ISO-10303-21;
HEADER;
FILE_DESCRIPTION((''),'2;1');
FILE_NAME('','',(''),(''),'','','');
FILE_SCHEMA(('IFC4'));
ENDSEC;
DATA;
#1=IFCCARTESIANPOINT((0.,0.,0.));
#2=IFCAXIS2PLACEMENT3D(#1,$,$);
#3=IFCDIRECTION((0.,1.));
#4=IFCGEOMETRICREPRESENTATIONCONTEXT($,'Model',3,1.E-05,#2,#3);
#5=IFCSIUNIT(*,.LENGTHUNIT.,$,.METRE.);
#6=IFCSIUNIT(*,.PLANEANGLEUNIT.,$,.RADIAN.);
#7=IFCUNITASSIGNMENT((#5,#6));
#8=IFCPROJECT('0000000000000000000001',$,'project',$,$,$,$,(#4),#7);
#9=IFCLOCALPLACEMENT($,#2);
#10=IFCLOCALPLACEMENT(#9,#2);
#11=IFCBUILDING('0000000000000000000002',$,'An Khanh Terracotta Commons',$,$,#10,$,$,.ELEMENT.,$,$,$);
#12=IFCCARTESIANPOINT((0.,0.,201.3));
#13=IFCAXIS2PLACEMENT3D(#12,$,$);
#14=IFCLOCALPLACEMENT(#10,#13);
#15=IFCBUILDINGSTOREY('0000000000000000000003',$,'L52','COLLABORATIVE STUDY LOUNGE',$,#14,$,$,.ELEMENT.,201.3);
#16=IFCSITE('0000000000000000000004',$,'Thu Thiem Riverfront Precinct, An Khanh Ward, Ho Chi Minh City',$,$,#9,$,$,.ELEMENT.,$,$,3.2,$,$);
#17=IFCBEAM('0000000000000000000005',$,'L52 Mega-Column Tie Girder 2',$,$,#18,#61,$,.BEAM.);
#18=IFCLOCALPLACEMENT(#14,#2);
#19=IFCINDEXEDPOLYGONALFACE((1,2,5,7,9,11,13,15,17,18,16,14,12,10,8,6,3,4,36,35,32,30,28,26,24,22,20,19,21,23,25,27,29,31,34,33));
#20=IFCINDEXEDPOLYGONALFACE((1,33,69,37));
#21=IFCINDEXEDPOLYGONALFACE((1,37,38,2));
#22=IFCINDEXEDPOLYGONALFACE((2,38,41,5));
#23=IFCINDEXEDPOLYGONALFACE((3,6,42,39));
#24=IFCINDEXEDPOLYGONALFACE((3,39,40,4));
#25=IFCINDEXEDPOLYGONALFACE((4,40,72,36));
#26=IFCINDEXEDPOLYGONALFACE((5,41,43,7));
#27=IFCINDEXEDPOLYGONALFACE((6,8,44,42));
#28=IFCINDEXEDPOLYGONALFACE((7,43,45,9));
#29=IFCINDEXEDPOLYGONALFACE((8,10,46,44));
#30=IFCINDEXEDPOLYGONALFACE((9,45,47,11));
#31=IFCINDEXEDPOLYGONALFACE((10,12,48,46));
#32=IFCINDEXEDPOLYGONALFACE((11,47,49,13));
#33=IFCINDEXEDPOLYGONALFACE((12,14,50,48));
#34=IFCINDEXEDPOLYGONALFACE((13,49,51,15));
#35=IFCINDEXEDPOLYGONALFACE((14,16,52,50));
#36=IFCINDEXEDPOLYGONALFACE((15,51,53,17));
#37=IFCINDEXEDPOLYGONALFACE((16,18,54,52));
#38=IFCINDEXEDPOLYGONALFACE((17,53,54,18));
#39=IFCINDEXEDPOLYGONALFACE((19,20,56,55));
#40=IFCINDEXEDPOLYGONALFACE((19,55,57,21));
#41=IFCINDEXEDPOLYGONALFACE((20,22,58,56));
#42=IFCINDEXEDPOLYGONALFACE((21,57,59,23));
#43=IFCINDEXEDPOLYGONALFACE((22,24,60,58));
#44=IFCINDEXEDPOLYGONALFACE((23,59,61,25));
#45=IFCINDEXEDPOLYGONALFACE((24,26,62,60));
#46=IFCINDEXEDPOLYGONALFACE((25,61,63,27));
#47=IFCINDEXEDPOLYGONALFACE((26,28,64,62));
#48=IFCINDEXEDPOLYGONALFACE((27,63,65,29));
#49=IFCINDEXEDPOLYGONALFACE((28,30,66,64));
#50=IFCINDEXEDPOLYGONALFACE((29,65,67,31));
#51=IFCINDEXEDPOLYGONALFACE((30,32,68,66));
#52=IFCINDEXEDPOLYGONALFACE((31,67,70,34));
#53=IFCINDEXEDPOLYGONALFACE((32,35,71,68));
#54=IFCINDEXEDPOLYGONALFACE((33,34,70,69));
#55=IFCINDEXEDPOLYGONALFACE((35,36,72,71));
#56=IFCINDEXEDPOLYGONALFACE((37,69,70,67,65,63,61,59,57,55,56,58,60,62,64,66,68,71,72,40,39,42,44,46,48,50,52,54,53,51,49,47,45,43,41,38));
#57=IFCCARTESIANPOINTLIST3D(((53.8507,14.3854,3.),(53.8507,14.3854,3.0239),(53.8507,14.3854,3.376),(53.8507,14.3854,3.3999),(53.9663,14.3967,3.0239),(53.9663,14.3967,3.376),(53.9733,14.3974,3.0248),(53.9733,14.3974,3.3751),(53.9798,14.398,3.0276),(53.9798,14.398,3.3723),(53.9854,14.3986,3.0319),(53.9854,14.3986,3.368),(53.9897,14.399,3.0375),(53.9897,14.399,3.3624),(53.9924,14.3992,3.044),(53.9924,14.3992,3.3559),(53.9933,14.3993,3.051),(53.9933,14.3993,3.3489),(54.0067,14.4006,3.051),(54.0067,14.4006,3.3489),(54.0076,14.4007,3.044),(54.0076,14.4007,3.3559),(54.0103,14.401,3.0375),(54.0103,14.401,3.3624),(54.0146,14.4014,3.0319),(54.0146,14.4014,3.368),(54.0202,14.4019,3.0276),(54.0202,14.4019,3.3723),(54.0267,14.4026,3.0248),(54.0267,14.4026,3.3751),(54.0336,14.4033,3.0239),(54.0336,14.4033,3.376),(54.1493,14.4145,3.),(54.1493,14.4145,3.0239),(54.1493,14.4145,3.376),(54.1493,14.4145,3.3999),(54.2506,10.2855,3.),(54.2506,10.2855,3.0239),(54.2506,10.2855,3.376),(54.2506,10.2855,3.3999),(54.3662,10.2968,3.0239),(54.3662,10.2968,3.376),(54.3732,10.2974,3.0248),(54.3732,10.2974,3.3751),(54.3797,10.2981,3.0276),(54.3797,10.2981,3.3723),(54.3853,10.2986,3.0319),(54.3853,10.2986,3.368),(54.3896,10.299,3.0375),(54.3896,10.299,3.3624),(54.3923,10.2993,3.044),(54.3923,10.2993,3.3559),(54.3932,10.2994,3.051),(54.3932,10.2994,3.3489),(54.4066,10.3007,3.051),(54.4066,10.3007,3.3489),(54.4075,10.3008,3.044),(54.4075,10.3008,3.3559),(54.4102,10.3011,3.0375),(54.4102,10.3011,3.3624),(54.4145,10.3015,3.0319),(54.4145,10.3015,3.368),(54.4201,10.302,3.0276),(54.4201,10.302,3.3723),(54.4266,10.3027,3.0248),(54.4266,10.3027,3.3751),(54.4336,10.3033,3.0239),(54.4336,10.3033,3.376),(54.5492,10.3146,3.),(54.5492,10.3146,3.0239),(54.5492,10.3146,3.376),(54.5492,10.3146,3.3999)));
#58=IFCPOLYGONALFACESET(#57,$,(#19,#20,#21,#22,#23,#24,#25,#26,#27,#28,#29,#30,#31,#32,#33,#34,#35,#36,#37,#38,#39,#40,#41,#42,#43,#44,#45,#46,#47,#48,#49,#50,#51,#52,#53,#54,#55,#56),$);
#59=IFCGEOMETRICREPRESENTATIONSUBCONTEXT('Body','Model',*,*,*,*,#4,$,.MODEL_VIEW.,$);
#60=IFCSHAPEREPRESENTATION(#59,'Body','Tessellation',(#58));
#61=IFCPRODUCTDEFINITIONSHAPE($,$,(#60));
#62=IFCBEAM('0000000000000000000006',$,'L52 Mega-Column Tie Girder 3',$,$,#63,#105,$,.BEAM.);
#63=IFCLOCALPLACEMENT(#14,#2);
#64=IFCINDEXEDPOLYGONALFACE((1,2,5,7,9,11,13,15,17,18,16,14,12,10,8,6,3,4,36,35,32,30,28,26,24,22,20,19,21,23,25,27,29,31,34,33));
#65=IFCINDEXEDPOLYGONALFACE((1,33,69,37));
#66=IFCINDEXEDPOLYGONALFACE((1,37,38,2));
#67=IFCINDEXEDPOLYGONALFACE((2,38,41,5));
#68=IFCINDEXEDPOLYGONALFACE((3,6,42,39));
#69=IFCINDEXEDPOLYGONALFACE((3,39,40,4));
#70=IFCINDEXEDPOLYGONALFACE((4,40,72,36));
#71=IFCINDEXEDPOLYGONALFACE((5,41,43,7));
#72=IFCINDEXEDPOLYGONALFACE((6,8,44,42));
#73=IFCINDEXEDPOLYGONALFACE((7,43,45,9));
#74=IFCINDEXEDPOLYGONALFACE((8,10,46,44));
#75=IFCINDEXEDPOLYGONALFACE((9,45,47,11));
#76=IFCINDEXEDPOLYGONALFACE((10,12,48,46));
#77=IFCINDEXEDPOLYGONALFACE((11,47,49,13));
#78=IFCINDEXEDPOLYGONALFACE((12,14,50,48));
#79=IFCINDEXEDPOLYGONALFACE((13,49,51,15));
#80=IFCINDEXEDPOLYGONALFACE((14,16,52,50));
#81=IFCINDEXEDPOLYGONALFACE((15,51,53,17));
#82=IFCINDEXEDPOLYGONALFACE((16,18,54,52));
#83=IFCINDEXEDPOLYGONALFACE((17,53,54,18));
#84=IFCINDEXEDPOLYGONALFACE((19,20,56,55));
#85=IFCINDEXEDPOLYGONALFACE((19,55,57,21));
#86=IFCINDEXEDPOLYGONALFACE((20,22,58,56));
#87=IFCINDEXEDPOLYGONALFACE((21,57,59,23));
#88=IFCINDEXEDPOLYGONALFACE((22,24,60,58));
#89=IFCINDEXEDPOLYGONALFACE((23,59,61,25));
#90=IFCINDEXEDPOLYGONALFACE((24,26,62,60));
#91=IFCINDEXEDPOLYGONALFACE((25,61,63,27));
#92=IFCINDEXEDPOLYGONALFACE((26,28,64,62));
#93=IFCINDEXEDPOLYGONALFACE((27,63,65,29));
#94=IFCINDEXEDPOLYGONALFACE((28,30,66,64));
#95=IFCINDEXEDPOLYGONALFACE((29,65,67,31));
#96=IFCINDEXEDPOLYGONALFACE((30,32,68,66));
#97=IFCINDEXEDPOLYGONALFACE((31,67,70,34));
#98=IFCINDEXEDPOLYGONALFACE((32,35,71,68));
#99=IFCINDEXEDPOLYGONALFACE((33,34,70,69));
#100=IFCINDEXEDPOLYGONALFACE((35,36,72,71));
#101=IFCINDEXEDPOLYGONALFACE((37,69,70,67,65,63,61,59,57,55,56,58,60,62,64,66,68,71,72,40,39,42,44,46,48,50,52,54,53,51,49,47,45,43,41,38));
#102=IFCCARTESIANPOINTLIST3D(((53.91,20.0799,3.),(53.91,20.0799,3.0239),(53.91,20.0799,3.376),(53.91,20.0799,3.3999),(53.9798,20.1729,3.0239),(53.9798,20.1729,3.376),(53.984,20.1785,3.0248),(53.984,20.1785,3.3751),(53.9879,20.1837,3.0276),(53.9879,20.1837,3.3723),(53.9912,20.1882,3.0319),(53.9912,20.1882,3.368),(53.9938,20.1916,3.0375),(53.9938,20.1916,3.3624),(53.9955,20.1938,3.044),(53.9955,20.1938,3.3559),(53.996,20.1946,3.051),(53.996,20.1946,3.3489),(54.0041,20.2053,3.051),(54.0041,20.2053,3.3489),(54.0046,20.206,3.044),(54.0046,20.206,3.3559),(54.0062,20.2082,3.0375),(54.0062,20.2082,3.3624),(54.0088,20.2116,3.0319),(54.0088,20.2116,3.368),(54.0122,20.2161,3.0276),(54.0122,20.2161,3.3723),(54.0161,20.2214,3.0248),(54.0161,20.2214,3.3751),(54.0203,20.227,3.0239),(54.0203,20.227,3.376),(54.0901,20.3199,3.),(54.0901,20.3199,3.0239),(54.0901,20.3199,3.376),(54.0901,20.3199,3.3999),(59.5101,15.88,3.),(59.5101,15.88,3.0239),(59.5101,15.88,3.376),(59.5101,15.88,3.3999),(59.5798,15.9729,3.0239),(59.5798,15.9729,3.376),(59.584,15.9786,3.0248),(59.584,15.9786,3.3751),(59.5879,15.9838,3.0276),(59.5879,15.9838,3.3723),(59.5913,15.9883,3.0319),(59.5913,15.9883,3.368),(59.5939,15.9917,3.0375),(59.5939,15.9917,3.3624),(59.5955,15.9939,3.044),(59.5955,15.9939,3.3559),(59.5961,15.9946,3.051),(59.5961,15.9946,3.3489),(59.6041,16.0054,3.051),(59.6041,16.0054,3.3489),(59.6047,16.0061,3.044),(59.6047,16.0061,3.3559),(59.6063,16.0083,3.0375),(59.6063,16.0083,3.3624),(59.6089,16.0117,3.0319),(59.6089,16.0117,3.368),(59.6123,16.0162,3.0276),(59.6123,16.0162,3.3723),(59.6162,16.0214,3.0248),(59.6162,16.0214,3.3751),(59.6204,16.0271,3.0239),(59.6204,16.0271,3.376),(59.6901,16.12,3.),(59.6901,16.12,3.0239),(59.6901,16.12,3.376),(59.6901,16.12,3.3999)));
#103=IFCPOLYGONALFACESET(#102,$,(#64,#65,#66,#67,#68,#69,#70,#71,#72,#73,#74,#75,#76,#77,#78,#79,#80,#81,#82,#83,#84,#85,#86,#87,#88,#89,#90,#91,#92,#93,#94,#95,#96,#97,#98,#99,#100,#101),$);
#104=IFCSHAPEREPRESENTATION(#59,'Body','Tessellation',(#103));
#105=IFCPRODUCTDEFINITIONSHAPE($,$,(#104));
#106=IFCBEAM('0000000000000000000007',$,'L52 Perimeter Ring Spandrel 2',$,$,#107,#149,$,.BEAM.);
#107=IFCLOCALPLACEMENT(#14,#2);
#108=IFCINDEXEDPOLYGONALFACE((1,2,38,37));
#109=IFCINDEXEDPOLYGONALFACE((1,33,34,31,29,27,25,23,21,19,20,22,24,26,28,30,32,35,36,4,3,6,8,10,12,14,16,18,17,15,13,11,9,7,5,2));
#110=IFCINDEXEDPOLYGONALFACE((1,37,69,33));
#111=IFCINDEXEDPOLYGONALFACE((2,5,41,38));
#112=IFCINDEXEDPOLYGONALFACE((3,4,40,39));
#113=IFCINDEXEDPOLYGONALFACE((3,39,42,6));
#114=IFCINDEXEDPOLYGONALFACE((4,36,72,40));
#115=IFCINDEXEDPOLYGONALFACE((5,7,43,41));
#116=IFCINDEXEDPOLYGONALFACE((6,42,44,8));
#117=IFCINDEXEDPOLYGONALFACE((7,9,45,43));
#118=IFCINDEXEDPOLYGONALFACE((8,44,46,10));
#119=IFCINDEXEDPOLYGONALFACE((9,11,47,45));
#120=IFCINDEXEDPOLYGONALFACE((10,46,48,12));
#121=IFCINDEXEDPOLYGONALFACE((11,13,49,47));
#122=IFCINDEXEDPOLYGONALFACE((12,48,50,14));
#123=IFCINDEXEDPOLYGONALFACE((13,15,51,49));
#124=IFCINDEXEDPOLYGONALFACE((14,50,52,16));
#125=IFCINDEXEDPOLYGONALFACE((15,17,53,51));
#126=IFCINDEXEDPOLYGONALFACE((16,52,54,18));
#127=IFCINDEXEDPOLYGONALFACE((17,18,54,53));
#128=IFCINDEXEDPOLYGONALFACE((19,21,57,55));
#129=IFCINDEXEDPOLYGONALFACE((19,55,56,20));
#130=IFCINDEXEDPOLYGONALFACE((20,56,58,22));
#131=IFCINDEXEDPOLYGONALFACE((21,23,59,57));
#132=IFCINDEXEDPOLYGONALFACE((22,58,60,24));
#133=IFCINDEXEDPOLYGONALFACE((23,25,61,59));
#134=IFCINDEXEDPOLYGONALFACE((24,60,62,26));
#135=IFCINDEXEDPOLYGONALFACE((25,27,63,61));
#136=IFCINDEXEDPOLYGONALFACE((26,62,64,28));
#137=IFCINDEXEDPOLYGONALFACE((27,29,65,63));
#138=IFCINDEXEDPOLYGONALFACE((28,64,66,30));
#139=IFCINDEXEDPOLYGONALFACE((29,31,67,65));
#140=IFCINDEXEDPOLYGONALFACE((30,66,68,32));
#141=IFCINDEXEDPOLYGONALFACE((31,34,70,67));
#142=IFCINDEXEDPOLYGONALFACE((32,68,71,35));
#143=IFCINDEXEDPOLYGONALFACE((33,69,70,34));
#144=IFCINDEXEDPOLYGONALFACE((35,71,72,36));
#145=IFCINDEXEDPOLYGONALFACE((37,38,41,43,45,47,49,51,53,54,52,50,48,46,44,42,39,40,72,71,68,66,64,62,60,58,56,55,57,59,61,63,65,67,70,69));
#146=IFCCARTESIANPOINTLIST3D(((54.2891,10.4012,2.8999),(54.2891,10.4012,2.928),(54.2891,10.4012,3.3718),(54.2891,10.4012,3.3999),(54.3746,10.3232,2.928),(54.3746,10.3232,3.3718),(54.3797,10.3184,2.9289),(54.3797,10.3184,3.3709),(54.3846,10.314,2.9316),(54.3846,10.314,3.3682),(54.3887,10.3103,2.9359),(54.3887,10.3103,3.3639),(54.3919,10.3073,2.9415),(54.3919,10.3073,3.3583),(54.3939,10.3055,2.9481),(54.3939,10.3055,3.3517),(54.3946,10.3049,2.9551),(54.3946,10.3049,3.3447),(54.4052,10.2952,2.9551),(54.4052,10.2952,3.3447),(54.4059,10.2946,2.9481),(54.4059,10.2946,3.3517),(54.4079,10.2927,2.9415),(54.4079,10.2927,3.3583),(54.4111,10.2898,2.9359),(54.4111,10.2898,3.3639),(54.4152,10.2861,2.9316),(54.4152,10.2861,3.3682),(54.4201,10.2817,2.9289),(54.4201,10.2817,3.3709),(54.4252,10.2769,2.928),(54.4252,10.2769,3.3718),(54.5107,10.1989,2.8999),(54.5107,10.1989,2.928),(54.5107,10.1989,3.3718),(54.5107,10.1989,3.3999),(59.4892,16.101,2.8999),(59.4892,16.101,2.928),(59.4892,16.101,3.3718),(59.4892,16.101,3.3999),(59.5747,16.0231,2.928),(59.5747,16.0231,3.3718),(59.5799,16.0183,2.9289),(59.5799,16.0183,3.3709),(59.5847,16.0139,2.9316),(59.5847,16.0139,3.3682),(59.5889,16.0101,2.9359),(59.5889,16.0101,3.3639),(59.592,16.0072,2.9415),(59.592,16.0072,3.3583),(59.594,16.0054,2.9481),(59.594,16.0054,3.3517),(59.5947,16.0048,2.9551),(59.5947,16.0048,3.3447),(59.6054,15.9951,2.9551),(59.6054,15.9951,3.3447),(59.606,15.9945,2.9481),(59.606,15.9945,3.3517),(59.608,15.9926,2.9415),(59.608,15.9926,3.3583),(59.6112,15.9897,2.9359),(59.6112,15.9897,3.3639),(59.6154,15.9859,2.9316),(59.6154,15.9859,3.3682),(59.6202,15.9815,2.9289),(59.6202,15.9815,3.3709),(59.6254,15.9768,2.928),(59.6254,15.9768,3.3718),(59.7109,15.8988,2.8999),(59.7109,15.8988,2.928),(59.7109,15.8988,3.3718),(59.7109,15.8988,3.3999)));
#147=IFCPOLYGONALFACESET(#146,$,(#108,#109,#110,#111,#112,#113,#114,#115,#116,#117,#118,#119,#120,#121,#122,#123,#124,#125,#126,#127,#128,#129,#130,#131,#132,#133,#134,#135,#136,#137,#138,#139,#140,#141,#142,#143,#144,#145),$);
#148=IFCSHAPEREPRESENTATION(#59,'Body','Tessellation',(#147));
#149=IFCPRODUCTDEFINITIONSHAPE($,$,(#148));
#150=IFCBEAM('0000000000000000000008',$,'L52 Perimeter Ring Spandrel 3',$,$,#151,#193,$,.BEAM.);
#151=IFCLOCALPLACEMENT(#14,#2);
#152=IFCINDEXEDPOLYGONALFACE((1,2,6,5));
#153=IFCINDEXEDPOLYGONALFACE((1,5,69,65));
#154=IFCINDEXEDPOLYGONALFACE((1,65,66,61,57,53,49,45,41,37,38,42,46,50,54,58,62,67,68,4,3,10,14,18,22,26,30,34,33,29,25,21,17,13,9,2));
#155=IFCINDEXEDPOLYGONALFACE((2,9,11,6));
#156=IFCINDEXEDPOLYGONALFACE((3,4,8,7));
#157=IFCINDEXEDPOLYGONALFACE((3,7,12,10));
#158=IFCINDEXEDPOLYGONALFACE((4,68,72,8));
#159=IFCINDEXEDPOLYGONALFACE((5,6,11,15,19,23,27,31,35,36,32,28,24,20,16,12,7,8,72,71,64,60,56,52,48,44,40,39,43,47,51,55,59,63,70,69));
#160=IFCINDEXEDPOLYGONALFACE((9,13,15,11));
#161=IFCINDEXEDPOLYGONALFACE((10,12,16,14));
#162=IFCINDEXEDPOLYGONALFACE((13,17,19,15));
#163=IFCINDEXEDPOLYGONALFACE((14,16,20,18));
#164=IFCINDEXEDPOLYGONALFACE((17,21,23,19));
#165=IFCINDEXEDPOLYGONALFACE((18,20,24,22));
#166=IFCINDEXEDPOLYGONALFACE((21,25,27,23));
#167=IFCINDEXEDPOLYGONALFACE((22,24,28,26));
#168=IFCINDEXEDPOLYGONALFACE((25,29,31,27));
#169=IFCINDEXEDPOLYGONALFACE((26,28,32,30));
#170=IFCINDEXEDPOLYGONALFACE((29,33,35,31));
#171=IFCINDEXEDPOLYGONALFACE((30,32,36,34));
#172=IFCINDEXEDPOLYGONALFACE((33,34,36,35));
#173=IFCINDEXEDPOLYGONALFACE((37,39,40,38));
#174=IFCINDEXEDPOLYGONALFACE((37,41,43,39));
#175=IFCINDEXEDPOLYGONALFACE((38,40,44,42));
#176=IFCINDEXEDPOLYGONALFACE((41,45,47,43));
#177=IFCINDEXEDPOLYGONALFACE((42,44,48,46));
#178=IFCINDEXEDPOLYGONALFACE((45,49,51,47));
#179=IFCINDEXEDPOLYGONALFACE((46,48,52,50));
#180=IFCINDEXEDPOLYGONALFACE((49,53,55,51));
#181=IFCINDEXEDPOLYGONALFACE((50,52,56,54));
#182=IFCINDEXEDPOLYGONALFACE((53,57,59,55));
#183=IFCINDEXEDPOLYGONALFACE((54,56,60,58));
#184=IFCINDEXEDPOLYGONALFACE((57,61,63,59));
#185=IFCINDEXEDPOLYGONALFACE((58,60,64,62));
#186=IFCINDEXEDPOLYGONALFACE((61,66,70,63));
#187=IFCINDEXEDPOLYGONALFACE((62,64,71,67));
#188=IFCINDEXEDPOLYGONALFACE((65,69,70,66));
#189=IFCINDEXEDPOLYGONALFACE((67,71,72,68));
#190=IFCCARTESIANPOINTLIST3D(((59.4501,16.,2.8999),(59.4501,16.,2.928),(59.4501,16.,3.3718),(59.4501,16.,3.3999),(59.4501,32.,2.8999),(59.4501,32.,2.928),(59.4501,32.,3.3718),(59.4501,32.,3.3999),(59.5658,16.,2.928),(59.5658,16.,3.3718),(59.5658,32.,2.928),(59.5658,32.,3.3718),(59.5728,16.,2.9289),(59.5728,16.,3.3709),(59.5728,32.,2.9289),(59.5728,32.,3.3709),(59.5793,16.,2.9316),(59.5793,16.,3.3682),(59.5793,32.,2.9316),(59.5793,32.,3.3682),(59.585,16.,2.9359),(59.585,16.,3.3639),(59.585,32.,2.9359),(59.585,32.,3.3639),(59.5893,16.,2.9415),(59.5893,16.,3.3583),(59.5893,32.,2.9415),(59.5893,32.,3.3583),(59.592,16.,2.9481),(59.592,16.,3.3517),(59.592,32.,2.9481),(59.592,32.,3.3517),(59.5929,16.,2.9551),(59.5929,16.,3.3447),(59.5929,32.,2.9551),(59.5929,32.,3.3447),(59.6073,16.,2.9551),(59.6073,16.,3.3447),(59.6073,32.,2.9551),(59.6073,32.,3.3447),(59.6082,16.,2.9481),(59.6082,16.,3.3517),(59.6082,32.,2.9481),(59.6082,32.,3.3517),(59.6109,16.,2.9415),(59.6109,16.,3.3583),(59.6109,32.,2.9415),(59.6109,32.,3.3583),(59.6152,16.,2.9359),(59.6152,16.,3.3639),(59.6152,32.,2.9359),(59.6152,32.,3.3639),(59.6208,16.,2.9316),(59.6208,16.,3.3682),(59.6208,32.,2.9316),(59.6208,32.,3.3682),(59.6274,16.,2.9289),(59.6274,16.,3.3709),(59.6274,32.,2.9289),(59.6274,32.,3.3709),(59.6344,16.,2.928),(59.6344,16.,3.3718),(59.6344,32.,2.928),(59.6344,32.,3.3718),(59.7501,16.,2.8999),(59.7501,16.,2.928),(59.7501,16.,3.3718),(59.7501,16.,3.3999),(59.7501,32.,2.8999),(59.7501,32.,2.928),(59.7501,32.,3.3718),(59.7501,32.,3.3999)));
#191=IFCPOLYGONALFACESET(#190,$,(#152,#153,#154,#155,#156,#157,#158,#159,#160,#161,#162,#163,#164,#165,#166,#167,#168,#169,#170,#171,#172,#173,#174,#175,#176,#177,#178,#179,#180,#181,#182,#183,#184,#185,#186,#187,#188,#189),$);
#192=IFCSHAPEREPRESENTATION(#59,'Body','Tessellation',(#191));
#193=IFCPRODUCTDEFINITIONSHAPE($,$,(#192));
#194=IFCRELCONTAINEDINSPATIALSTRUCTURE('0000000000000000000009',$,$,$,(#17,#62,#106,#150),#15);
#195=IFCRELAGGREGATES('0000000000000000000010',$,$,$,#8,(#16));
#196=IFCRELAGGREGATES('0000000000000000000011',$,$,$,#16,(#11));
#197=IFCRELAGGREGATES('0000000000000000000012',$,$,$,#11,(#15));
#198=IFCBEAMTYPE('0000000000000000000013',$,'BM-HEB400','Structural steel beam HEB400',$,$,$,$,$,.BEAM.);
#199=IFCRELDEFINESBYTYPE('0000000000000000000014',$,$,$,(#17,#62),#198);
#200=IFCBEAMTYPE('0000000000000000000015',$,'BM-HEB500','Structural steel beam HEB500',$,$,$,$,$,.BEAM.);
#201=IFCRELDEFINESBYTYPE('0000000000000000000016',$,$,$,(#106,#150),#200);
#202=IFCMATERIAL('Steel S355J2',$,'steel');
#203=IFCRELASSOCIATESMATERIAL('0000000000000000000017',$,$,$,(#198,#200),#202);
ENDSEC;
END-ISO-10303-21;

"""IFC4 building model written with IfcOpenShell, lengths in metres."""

from ifc_helpers import new_model, si_unit, direction, frame, origin, origin_2d, place, context, subcontext, project, spatial, i_section, extrude, material, material_profile, profile_set, type_object, element, save


model = new_model("IFC4")

# Units and contexts
model_context = context("Model", 3, precision=1e-05, world=origin(), true_north=direction((0.0, 1.0)))
body_context = subcontext(model_context, "Body", "Model", "MODEL_VIEW")
ifc_project = project(units=[si_unit("LENGTHUNIT", "METRE"), si_unit("PLANEANGLEUNIT", "RADIAN")], contexts=[model_context])

# Site, building, storey
site_placement = place(None, origin())
site = spatial("IfcSite", under=ifc_project, at=site_placement, Name="Thu Thiem Riverfront Precinct, An Khanh Ward, Ho Chi Minh City", CompositionType="ELEMENT", RefElevation=3.2)
building_placement = place(site_placement, origin())
building = spatial("IfcBuilding", under=site, at=building_placement, Name="An Khanh Terracotta Commons", CompositionType="ELEMENT")
storey_placement = place(building_placement, frame((0.0, 0.0, 201.3)))
storey = spatial("IfcBuildingStorey", under=building, at=storey_placement, Name="L52", Description="COLLABORATIVE STUDY LOUNGE", CompositionType="ELEMENT", Elevation=201.3)

# Beams
ifc_material_1 = material(Name="Steel S355J2", Category="steel")
ifc_material_profile_1 = material_profile(ifc_material_1, i_section(OverallWidth=0.3, OverallDepth=0.3999, WebThickness=0.0134, FlangeThickness=0.0239, FilletRadius=0.0271, at=origin_2d()), Name="HEB400")
ifc_profile_set_1 = profile_set([ifc_material_profile_1], Name="Steel S355J2")
beam_type_1 = type_object("IfcBeamType", Name="BM-HEB400", Description="Structural steel beam HEB400", PredefinedType="BEAM", material=ifc_profile_set_1)
beam_1_placement = place(storey_placement, frame((54.3999, 10.3, 3.2), z_axis=(-0.09708, 0.995277, 0.0), x_axis=(-0.995277, -0.09708, 0.0)))
element("IfcBeam", 1, at=beam_1_placement, inside=storey, type_object=beam_type_1, Name="L52 Mega-Column Tie Girder 2", PredefinedType="BEAM", context=body_context, shape_type="SweptSolid", body=[
    extrude(i_section(OverallWidth=0.3, OverallDepth=0.3999, WebThickness=0.0134, FlangeThickness=0.0239, FilletRadius=0.0271, at=origin_2d()), origin(), (0.0, 0.0, 1.0), 4.1194),
])
beam_2_placement = place(storey_placement, frame((59.6001, 16.0, 3.2), z_axis=(-0.800008, 0.599989, 0.0), x_axis=(-0.599989, -0.800008, 0.0)))
element("IfcBeam", 2, at=beam_2_placement, inside=storey, type_object=beam_type_1, Name="L52 Mega-Column Tie Girder 3", PredefinedType="BEAM", context=body_context, shape_type="SweptSolid", body=[
    extrude(i_section(OverallWidth=0.3, OverallDepth=0.3999, WebThickness=0.0134, FlangeThickness=0.0239, FilletRadius=0.0271, at=origin_2d()), origin(), (0.0, 0.0, 1.0), 7.0),
])
ifc_material_profile_2 = material_profile(ifc_material_1, i_section(OverallWidth=0.3, OverallDepth=0.5, WebThickness=0.0144, FlangeThickness=0.0281, FilletRadius=0.0271, at=origin_2d()), Name="HEB500")
ifc_profile_set_2 = profile_set([ifc_material_profile_2], Name="Steel S355J2")
beam_type_2 = type_object("IfcBeamType", Name="BM-HEB500", Description="Structural steel beam HEB500", PredefinedType="BEAM", material=ifc_profile_set_2)
beam_3_placement = place(storey_placement, frame((54.3999, 10.3, 3.1499), z_axis=(0.673979, 0.738751, 0.0), x_axis=(-0.738751, 0.673979, 0.0)))
element("IfcBeam", 3, at=beam_3_placement, inside=storey, type_object=beam_type_2, Name="L52 Perimeter Ring Spandrel 2", PredefinedType="BEAM", context=body_context, shape_type="SweptSolid", body=[
    extrude(i_section(OverallWidth=0.3, OverallDepth=0.5, WebThickness=0.0144, FlangeThickness=0.0281, FilletRadius=0.0271, at=origin_2d()), origin(), (0.0, 0.0, 1.0), 7.7156),
])
beam_4_placement = place(storey_placement, frame((59.6001, 16.0, 3.1499), z_axis=(0.0, 1.0, 0.0), x_axis=(-1.0, 0.0, 0.0)))
element("IfcBeam", 4, at=beam_4_placement, inside=storey, type_object=beam_type_2, Name="L52 Perimeter Ring Spandrel 3", PredefinedType="BEAM", context=body_context, shape_type="SweptSolid", body=[
    extrude(i_section(OverallWidth=0.3, OverallDepth=0.5, WebThickness=0.0144, FlangeThickness=0.0281, FilletRadius=0.0271, at=origin_2d()), origin(), (0.0, 0.0, 1.0), 16.0),
])

save(model, "model.ifc")
